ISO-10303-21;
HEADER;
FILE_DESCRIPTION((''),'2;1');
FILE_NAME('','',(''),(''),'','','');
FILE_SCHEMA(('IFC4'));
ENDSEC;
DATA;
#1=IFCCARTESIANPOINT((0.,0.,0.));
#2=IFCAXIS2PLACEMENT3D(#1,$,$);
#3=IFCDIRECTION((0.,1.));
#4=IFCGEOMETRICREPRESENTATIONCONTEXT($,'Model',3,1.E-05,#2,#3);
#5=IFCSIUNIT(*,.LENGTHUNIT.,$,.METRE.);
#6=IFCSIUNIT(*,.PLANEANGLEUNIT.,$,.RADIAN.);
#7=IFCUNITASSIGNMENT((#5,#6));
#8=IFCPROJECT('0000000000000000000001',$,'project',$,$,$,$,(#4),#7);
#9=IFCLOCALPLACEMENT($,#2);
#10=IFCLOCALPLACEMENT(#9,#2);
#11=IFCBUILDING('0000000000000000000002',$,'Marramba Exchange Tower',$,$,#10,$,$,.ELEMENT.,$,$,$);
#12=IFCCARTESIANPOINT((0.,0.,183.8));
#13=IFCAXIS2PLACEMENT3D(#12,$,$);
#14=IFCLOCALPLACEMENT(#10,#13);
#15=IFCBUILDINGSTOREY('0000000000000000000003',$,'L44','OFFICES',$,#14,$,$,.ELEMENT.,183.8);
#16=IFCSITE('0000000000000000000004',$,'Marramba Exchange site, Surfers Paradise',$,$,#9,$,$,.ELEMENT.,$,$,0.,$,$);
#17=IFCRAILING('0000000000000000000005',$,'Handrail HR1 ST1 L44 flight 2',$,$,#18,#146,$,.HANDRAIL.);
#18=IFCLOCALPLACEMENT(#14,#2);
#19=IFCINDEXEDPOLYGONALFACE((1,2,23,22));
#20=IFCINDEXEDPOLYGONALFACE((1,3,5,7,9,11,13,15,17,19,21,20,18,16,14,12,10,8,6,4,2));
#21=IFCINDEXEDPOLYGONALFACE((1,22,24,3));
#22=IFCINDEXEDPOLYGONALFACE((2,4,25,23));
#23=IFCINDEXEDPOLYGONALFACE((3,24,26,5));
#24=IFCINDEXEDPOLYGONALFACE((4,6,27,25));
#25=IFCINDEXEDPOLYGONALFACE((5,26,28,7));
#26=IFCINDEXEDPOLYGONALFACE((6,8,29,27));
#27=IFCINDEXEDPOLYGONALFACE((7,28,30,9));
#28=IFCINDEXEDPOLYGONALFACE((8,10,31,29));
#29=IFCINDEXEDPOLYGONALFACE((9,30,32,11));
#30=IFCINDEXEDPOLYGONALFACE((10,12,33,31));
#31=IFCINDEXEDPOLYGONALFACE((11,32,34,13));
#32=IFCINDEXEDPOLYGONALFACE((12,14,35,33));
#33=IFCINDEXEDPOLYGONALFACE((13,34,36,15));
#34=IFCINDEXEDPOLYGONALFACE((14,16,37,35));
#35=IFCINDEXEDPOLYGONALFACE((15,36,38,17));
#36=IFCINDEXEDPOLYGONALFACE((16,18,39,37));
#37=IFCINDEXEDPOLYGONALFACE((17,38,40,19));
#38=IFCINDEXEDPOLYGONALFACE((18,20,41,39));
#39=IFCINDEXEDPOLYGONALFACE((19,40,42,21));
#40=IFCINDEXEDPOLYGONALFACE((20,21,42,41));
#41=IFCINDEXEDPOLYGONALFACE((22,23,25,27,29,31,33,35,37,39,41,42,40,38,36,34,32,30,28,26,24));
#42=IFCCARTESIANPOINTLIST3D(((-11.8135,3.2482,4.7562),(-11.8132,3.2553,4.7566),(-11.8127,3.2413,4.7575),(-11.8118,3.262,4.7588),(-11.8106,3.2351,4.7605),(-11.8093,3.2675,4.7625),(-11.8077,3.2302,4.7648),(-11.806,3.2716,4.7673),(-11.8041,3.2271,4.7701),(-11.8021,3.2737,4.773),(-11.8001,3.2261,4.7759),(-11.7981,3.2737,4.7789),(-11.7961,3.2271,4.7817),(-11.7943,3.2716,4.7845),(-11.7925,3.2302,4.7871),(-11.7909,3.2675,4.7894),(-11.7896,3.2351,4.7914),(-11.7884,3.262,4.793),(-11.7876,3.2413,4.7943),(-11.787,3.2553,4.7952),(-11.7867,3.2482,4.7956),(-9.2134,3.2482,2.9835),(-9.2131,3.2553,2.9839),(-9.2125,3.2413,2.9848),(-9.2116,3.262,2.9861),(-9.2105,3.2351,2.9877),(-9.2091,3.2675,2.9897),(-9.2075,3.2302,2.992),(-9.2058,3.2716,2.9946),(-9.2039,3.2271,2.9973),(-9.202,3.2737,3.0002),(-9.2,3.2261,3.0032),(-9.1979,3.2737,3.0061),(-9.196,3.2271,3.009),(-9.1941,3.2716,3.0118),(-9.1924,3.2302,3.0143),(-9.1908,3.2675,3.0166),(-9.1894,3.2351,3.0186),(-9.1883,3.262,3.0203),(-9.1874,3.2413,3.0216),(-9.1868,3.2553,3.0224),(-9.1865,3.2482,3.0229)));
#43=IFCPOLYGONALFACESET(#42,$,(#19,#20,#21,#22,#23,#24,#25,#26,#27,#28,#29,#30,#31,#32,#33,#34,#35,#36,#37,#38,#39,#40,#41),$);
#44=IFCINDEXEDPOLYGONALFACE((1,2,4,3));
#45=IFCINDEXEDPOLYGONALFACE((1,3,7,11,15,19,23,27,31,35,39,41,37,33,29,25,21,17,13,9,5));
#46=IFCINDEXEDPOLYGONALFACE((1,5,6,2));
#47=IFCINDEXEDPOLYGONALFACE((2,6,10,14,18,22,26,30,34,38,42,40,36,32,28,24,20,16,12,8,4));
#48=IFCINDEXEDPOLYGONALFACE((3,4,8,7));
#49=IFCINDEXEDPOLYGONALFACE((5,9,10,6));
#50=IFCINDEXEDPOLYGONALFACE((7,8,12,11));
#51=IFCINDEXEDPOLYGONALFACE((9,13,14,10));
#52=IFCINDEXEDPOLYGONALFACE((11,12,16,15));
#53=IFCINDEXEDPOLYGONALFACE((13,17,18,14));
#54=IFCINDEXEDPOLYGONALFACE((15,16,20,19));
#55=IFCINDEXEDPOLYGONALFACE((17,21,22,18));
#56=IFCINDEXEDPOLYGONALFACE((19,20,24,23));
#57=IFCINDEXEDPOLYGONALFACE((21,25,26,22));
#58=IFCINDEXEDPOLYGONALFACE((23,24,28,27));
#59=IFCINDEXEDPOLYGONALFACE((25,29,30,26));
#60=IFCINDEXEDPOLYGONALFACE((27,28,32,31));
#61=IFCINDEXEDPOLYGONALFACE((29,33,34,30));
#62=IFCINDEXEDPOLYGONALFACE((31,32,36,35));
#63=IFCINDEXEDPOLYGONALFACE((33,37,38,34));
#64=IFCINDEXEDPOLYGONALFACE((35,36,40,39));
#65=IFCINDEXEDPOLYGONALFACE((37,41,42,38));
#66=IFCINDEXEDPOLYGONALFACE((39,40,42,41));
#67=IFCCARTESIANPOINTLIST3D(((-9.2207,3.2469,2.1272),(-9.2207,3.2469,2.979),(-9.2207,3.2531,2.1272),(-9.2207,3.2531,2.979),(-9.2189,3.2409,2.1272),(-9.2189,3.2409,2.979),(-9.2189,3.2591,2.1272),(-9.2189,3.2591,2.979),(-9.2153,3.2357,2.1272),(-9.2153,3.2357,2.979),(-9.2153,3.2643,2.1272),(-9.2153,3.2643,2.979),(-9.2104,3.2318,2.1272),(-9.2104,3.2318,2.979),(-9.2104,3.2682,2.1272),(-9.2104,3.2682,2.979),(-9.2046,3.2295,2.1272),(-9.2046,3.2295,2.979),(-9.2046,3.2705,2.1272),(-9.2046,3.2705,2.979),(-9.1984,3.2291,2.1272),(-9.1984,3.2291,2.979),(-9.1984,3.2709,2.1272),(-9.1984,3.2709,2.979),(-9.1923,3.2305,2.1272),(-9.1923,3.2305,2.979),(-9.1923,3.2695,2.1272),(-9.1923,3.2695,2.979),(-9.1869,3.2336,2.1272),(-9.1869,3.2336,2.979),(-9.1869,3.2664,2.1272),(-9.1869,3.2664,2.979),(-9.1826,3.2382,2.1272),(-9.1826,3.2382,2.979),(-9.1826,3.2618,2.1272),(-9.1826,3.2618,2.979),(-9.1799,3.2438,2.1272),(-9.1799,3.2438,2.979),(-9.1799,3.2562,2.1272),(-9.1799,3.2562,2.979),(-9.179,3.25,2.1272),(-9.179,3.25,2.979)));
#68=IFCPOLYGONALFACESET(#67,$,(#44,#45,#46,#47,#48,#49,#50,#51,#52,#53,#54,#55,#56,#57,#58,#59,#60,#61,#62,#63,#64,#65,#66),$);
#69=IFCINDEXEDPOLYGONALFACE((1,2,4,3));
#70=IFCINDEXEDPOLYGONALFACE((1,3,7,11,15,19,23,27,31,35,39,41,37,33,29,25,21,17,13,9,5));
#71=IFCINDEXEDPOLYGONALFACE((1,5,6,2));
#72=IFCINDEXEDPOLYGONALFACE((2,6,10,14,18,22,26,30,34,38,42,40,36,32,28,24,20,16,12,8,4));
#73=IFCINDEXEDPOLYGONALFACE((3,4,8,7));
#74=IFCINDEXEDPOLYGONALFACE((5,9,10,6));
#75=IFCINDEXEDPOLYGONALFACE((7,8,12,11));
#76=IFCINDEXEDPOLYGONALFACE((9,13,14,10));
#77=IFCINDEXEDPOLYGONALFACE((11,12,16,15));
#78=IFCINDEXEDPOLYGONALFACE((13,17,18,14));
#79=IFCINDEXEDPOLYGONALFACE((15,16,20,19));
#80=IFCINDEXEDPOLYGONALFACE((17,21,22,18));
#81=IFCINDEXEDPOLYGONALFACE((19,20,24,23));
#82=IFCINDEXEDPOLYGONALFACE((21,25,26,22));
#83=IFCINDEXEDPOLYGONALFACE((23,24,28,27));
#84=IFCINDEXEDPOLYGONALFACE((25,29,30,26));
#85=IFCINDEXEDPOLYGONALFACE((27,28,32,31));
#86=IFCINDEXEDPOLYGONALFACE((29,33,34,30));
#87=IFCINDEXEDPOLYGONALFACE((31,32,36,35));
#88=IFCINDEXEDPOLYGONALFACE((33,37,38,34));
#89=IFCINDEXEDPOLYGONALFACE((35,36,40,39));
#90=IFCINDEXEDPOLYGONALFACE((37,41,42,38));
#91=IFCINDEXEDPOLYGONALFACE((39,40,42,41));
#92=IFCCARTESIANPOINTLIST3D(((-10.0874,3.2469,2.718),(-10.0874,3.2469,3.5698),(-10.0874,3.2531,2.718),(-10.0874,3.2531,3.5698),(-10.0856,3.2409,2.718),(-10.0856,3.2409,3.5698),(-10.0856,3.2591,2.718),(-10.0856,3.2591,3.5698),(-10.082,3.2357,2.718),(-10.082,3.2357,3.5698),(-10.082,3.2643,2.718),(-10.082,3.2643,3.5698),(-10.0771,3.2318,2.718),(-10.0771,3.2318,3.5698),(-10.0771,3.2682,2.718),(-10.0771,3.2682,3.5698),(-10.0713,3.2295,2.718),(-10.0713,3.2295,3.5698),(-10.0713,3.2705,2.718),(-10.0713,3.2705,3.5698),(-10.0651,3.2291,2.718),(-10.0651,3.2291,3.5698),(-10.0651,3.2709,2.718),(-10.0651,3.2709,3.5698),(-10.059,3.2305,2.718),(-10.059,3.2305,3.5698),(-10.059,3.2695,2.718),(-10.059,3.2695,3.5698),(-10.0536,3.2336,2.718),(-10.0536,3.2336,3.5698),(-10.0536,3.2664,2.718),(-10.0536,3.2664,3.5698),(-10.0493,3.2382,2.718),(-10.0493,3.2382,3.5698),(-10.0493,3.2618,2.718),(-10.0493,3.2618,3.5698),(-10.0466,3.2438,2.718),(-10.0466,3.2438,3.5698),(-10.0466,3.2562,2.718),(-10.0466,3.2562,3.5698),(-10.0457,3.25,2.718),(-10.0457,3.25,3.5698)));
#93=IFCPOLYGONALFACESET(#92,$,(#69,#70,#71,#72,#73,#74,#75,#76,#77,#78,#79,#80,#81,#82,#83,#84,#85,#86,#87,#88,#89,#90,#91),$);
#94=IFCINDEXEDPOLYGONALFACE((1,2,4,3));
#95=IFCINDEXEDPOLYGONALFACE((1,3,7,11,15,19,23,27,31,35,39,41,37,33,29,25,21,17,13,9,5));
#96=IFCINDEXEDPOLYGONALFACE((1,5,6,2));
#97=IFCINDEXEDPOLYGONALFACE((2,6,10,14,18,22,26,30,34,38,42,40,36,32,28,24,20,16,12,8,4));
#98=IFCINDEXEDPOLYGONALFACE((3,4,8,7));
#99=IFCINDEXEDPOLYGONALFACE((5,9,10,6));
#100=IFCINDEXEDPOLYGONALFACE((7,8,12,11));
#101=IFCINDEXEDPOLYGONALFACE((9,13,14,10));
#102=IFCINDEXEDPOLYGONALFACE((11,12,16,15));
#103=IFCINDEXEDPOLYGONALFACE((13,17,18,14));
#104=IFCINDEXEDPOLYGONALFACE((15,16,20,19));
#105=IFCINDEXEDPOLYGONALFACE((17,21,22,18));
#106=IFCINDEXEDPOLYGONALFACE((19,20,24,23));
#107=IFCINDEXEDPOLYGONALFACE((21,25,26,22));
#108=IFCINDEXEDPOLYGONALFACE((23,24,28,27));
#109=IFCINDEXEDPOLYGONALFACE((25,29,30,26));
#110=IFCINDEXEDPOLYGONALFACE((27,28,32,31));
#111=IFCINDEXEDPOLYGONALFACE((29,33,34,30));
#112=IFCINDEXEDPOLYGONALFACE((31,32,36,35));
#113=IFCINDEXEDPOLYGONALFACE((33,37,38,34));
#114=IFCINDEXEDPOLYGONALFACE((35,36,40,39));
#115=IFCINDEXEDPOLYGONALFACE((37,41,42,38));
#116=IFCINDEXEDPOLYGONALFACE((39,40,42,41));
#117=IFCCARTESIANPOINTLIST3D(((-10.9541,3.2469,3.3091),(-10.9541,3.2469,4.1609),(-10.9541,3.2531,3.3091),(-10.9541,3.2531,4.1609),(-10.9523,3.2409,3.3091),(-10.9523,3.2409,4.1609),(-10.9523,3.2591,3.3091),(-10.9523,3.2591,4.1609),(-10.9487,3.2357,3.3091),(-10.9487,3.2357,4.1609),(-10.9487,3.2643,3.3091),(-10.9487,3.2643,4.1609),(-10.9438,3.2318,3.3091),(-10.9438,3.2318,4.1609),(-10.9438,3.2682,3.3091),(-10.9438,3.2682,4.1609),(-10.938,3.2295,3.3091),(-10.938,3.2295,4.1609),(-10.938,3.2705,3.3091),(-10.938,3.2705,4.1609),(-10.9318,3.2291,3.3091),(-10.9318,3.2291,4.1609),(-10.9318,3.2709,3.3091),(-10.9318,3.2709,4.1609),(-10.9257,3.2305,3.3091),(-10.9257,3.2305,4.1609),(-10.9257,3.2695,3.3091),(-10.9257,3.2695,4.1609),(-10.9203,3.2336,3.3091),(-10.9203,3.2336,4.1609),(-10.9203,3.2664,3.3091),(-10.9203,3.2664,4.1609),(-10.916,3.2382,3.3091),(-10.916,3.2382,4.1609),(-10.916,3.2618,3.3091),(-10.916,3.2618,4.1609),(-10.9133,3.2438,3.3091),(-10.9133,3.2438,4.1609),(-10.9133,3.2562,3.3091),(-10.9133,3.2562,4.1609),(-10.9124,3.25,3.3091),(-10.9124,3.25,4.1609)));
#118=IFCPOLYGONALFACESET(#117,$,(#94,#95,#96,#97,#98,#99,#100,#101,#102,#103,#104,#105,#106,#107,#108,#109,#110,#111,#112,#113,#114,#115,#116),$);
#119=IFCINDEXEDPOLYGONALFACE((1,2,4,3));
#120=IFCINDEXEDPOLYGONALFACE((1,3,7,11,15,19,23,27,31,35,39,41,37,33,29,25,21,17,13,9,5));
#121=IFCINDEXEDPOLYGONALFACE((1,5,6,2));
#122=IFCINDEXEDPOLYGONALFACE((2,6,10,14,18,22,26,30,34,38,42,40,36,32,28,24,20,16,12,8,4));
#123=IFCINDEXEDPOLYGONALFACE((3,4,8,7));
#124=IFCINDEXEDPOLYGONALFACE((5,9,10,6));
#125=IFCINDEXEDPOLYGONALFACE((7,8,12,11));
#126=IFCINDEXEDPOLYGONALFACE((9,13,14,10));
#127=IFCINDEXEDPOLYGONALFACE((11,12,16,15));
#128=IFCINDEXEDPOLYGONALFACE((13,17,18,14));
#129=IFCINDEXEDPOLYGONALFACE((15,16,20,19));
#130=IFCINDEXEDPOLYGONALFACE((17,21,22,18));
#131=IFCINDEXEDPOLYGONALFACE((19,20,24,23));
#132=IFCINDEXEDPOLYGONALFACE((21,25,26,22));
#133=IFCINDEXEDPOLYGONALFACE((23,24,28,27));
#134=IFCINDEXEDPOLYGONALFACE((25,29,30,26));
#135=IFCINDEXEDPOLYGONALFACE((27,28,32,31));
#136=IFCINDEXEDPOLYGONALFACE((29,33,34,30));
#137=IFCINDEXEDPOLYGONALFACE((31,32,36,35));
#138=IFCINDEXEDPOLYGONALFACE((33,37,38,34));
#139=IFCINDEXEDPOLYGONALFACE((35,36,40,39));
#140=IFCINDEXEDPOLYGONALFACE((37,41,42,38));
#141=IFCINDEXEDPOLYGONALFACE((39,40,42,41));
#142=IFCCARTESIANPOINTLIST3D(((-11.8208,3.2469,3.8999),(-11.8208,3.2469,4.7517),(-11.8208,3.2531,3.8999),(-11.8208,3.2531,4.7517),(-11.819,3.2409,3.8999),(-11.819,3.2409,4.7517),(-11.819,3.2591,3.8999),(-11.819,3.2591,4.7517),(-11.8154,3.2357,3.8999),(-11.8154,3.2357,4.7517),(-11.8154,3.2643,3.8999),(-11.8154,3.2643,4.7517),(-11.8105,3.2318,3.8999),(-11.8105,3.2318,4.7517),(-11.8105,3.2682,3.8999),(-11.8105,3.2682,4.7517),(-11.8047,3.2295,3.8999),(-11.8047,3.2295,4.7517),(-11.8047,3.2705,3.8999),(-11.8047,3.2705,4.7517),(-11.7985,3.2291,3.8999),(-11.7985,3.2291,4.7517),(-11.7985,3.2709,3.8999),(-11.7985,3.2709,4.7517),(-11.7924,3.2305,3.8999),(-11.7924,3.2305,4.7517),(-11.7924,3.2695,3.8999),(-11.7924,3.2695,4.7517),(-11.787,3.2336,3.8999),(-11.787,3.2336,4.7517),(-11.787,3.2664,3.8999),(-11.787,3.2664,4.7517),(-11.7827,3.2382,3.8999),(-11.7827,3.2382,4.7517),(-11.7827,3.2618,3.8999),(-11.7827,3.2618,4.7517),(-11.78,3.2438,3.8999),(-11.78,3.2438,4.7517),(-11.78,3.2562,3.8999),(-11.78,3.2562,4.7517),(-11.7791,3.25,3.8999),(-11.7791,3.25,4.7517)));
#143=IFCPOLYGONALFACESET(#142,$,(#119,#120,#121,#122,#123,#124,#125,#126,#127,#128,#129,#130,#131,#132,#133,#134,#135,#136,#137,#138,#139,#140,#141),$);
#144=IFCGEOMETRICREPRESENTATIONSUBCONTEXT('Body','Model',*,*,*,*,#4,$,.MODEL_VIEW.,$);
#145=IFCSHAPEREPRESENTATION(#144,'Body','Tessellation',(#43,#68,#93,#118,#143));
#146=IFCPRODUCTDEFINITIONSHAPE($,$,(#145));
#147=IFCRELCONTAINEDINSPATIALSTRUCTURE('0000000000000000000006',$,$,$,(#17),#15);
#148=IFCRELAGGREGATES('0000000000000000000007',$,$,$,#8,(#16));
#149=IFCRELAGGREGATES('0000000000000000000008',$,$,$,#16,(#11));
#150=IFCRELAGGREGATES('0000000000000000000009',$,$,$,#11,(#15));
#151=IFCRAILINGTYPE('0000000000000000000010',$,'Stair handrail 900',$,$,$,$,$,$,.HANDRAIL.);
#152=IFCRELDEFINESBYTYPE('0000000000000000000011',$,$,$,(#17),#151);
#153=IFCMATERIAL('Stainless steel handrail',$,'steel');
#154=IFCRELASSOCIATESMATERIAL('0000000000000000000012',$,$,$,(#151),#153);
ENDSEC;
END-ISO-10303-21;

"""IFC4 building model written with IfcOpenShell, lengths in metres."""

from ifc_helpers import new_model, si_unit, direction, frame, origin, origin_2d, place, context, subcontext, project, spatial, circle, extrude, material, type_object, element, save


model = new_model("IFC4")

# Units and contexts
model_context = context("Model", 3, precision=1e-05, world=origin(), true_north=direction((0.0, 1.0)))
body_context = subcontext(model_context, "Body", "Model", "MODEL_VIEW")
ifc_project = project(units=[si_unit("LENGTHUNIT", "METRE"), si_unit("PLANEANGLEUNIT", "RADIAN")], contexts=[model_context])

# Site, building, storey
site_placement = place(None, origin())
site = spatial("IfcSite", under=ifc_project, at=site_placement, Name="Marramba Exchange site, Surfers Paradise", CompositionType="ELEMENT", RefElevation=0.0)
building_placement = place(site_placement, origin())
building = spatial("IfcBuilding", under=site, at=building_placement, Name="Marramba Exchange Tower", CompositionType="ELEMENT")
storey_placement = place(building_placement, frame((0.0, 0.0, 183.8)))
storey = spatial("IfcBuildingStorey", under=building, at=storey_placement, Name="L44", Description="OFFICES", CompositionType="ELEMENT", Elevation=183.8)

# Railing
ifc_material_1 = material(Name="Stainless steel handrail", Category="steel")
railing_type = type_object("IfcRailingType", Name="Stair handrail 900", PredefinedType="HANDRAIL", material=ifc_material_1)
railing_1_placement = place(storey_placement, frame((-9.2, 3.25, 2.1272)))
element("IfcRailing", 1, at=railing_1_placement, inside=storey, type_object=railing_type, Name="Handrail HR1 ST1 L44 flight 2", PredefinedType="HANDRAIL", context=body_context, shape_type="SweptSolid", body=[
    extrude(circle(Radius=0.0239, at=origin_2d()), frame((0.0, 0.0, 0.876), z_axis=(-0.82624, 0.0, 0.563318), x_axis=(0.0, -1.0, 0.0)), (0.0, 0.0, 1.0), 3.147),
    extrude(circle(Radius=0.021, at=origin_2d()), origin(), (0.0, 0.0, 1.0), 0.8518),
    extrude(circle(Radius=0.021, at=origin_2d()), frame((-0.8667, 0.0, 0.5908)), (0.0, 0.0, 1.0), 0.8518),
    extrude(circle(Radius=0.021, at=origin_2d()), frame((-1.7334, 0.0, 1.1819)), (0.0, 0.0, 1.0), 0.8518),
    extrude(circle(Radius=0.021, at=origin_2d()), frame((-2.6001, 0.0, 1.7727)), (0.0, 0.0, 1.0), 0.8518),
])

save(model, "model.ifc")
